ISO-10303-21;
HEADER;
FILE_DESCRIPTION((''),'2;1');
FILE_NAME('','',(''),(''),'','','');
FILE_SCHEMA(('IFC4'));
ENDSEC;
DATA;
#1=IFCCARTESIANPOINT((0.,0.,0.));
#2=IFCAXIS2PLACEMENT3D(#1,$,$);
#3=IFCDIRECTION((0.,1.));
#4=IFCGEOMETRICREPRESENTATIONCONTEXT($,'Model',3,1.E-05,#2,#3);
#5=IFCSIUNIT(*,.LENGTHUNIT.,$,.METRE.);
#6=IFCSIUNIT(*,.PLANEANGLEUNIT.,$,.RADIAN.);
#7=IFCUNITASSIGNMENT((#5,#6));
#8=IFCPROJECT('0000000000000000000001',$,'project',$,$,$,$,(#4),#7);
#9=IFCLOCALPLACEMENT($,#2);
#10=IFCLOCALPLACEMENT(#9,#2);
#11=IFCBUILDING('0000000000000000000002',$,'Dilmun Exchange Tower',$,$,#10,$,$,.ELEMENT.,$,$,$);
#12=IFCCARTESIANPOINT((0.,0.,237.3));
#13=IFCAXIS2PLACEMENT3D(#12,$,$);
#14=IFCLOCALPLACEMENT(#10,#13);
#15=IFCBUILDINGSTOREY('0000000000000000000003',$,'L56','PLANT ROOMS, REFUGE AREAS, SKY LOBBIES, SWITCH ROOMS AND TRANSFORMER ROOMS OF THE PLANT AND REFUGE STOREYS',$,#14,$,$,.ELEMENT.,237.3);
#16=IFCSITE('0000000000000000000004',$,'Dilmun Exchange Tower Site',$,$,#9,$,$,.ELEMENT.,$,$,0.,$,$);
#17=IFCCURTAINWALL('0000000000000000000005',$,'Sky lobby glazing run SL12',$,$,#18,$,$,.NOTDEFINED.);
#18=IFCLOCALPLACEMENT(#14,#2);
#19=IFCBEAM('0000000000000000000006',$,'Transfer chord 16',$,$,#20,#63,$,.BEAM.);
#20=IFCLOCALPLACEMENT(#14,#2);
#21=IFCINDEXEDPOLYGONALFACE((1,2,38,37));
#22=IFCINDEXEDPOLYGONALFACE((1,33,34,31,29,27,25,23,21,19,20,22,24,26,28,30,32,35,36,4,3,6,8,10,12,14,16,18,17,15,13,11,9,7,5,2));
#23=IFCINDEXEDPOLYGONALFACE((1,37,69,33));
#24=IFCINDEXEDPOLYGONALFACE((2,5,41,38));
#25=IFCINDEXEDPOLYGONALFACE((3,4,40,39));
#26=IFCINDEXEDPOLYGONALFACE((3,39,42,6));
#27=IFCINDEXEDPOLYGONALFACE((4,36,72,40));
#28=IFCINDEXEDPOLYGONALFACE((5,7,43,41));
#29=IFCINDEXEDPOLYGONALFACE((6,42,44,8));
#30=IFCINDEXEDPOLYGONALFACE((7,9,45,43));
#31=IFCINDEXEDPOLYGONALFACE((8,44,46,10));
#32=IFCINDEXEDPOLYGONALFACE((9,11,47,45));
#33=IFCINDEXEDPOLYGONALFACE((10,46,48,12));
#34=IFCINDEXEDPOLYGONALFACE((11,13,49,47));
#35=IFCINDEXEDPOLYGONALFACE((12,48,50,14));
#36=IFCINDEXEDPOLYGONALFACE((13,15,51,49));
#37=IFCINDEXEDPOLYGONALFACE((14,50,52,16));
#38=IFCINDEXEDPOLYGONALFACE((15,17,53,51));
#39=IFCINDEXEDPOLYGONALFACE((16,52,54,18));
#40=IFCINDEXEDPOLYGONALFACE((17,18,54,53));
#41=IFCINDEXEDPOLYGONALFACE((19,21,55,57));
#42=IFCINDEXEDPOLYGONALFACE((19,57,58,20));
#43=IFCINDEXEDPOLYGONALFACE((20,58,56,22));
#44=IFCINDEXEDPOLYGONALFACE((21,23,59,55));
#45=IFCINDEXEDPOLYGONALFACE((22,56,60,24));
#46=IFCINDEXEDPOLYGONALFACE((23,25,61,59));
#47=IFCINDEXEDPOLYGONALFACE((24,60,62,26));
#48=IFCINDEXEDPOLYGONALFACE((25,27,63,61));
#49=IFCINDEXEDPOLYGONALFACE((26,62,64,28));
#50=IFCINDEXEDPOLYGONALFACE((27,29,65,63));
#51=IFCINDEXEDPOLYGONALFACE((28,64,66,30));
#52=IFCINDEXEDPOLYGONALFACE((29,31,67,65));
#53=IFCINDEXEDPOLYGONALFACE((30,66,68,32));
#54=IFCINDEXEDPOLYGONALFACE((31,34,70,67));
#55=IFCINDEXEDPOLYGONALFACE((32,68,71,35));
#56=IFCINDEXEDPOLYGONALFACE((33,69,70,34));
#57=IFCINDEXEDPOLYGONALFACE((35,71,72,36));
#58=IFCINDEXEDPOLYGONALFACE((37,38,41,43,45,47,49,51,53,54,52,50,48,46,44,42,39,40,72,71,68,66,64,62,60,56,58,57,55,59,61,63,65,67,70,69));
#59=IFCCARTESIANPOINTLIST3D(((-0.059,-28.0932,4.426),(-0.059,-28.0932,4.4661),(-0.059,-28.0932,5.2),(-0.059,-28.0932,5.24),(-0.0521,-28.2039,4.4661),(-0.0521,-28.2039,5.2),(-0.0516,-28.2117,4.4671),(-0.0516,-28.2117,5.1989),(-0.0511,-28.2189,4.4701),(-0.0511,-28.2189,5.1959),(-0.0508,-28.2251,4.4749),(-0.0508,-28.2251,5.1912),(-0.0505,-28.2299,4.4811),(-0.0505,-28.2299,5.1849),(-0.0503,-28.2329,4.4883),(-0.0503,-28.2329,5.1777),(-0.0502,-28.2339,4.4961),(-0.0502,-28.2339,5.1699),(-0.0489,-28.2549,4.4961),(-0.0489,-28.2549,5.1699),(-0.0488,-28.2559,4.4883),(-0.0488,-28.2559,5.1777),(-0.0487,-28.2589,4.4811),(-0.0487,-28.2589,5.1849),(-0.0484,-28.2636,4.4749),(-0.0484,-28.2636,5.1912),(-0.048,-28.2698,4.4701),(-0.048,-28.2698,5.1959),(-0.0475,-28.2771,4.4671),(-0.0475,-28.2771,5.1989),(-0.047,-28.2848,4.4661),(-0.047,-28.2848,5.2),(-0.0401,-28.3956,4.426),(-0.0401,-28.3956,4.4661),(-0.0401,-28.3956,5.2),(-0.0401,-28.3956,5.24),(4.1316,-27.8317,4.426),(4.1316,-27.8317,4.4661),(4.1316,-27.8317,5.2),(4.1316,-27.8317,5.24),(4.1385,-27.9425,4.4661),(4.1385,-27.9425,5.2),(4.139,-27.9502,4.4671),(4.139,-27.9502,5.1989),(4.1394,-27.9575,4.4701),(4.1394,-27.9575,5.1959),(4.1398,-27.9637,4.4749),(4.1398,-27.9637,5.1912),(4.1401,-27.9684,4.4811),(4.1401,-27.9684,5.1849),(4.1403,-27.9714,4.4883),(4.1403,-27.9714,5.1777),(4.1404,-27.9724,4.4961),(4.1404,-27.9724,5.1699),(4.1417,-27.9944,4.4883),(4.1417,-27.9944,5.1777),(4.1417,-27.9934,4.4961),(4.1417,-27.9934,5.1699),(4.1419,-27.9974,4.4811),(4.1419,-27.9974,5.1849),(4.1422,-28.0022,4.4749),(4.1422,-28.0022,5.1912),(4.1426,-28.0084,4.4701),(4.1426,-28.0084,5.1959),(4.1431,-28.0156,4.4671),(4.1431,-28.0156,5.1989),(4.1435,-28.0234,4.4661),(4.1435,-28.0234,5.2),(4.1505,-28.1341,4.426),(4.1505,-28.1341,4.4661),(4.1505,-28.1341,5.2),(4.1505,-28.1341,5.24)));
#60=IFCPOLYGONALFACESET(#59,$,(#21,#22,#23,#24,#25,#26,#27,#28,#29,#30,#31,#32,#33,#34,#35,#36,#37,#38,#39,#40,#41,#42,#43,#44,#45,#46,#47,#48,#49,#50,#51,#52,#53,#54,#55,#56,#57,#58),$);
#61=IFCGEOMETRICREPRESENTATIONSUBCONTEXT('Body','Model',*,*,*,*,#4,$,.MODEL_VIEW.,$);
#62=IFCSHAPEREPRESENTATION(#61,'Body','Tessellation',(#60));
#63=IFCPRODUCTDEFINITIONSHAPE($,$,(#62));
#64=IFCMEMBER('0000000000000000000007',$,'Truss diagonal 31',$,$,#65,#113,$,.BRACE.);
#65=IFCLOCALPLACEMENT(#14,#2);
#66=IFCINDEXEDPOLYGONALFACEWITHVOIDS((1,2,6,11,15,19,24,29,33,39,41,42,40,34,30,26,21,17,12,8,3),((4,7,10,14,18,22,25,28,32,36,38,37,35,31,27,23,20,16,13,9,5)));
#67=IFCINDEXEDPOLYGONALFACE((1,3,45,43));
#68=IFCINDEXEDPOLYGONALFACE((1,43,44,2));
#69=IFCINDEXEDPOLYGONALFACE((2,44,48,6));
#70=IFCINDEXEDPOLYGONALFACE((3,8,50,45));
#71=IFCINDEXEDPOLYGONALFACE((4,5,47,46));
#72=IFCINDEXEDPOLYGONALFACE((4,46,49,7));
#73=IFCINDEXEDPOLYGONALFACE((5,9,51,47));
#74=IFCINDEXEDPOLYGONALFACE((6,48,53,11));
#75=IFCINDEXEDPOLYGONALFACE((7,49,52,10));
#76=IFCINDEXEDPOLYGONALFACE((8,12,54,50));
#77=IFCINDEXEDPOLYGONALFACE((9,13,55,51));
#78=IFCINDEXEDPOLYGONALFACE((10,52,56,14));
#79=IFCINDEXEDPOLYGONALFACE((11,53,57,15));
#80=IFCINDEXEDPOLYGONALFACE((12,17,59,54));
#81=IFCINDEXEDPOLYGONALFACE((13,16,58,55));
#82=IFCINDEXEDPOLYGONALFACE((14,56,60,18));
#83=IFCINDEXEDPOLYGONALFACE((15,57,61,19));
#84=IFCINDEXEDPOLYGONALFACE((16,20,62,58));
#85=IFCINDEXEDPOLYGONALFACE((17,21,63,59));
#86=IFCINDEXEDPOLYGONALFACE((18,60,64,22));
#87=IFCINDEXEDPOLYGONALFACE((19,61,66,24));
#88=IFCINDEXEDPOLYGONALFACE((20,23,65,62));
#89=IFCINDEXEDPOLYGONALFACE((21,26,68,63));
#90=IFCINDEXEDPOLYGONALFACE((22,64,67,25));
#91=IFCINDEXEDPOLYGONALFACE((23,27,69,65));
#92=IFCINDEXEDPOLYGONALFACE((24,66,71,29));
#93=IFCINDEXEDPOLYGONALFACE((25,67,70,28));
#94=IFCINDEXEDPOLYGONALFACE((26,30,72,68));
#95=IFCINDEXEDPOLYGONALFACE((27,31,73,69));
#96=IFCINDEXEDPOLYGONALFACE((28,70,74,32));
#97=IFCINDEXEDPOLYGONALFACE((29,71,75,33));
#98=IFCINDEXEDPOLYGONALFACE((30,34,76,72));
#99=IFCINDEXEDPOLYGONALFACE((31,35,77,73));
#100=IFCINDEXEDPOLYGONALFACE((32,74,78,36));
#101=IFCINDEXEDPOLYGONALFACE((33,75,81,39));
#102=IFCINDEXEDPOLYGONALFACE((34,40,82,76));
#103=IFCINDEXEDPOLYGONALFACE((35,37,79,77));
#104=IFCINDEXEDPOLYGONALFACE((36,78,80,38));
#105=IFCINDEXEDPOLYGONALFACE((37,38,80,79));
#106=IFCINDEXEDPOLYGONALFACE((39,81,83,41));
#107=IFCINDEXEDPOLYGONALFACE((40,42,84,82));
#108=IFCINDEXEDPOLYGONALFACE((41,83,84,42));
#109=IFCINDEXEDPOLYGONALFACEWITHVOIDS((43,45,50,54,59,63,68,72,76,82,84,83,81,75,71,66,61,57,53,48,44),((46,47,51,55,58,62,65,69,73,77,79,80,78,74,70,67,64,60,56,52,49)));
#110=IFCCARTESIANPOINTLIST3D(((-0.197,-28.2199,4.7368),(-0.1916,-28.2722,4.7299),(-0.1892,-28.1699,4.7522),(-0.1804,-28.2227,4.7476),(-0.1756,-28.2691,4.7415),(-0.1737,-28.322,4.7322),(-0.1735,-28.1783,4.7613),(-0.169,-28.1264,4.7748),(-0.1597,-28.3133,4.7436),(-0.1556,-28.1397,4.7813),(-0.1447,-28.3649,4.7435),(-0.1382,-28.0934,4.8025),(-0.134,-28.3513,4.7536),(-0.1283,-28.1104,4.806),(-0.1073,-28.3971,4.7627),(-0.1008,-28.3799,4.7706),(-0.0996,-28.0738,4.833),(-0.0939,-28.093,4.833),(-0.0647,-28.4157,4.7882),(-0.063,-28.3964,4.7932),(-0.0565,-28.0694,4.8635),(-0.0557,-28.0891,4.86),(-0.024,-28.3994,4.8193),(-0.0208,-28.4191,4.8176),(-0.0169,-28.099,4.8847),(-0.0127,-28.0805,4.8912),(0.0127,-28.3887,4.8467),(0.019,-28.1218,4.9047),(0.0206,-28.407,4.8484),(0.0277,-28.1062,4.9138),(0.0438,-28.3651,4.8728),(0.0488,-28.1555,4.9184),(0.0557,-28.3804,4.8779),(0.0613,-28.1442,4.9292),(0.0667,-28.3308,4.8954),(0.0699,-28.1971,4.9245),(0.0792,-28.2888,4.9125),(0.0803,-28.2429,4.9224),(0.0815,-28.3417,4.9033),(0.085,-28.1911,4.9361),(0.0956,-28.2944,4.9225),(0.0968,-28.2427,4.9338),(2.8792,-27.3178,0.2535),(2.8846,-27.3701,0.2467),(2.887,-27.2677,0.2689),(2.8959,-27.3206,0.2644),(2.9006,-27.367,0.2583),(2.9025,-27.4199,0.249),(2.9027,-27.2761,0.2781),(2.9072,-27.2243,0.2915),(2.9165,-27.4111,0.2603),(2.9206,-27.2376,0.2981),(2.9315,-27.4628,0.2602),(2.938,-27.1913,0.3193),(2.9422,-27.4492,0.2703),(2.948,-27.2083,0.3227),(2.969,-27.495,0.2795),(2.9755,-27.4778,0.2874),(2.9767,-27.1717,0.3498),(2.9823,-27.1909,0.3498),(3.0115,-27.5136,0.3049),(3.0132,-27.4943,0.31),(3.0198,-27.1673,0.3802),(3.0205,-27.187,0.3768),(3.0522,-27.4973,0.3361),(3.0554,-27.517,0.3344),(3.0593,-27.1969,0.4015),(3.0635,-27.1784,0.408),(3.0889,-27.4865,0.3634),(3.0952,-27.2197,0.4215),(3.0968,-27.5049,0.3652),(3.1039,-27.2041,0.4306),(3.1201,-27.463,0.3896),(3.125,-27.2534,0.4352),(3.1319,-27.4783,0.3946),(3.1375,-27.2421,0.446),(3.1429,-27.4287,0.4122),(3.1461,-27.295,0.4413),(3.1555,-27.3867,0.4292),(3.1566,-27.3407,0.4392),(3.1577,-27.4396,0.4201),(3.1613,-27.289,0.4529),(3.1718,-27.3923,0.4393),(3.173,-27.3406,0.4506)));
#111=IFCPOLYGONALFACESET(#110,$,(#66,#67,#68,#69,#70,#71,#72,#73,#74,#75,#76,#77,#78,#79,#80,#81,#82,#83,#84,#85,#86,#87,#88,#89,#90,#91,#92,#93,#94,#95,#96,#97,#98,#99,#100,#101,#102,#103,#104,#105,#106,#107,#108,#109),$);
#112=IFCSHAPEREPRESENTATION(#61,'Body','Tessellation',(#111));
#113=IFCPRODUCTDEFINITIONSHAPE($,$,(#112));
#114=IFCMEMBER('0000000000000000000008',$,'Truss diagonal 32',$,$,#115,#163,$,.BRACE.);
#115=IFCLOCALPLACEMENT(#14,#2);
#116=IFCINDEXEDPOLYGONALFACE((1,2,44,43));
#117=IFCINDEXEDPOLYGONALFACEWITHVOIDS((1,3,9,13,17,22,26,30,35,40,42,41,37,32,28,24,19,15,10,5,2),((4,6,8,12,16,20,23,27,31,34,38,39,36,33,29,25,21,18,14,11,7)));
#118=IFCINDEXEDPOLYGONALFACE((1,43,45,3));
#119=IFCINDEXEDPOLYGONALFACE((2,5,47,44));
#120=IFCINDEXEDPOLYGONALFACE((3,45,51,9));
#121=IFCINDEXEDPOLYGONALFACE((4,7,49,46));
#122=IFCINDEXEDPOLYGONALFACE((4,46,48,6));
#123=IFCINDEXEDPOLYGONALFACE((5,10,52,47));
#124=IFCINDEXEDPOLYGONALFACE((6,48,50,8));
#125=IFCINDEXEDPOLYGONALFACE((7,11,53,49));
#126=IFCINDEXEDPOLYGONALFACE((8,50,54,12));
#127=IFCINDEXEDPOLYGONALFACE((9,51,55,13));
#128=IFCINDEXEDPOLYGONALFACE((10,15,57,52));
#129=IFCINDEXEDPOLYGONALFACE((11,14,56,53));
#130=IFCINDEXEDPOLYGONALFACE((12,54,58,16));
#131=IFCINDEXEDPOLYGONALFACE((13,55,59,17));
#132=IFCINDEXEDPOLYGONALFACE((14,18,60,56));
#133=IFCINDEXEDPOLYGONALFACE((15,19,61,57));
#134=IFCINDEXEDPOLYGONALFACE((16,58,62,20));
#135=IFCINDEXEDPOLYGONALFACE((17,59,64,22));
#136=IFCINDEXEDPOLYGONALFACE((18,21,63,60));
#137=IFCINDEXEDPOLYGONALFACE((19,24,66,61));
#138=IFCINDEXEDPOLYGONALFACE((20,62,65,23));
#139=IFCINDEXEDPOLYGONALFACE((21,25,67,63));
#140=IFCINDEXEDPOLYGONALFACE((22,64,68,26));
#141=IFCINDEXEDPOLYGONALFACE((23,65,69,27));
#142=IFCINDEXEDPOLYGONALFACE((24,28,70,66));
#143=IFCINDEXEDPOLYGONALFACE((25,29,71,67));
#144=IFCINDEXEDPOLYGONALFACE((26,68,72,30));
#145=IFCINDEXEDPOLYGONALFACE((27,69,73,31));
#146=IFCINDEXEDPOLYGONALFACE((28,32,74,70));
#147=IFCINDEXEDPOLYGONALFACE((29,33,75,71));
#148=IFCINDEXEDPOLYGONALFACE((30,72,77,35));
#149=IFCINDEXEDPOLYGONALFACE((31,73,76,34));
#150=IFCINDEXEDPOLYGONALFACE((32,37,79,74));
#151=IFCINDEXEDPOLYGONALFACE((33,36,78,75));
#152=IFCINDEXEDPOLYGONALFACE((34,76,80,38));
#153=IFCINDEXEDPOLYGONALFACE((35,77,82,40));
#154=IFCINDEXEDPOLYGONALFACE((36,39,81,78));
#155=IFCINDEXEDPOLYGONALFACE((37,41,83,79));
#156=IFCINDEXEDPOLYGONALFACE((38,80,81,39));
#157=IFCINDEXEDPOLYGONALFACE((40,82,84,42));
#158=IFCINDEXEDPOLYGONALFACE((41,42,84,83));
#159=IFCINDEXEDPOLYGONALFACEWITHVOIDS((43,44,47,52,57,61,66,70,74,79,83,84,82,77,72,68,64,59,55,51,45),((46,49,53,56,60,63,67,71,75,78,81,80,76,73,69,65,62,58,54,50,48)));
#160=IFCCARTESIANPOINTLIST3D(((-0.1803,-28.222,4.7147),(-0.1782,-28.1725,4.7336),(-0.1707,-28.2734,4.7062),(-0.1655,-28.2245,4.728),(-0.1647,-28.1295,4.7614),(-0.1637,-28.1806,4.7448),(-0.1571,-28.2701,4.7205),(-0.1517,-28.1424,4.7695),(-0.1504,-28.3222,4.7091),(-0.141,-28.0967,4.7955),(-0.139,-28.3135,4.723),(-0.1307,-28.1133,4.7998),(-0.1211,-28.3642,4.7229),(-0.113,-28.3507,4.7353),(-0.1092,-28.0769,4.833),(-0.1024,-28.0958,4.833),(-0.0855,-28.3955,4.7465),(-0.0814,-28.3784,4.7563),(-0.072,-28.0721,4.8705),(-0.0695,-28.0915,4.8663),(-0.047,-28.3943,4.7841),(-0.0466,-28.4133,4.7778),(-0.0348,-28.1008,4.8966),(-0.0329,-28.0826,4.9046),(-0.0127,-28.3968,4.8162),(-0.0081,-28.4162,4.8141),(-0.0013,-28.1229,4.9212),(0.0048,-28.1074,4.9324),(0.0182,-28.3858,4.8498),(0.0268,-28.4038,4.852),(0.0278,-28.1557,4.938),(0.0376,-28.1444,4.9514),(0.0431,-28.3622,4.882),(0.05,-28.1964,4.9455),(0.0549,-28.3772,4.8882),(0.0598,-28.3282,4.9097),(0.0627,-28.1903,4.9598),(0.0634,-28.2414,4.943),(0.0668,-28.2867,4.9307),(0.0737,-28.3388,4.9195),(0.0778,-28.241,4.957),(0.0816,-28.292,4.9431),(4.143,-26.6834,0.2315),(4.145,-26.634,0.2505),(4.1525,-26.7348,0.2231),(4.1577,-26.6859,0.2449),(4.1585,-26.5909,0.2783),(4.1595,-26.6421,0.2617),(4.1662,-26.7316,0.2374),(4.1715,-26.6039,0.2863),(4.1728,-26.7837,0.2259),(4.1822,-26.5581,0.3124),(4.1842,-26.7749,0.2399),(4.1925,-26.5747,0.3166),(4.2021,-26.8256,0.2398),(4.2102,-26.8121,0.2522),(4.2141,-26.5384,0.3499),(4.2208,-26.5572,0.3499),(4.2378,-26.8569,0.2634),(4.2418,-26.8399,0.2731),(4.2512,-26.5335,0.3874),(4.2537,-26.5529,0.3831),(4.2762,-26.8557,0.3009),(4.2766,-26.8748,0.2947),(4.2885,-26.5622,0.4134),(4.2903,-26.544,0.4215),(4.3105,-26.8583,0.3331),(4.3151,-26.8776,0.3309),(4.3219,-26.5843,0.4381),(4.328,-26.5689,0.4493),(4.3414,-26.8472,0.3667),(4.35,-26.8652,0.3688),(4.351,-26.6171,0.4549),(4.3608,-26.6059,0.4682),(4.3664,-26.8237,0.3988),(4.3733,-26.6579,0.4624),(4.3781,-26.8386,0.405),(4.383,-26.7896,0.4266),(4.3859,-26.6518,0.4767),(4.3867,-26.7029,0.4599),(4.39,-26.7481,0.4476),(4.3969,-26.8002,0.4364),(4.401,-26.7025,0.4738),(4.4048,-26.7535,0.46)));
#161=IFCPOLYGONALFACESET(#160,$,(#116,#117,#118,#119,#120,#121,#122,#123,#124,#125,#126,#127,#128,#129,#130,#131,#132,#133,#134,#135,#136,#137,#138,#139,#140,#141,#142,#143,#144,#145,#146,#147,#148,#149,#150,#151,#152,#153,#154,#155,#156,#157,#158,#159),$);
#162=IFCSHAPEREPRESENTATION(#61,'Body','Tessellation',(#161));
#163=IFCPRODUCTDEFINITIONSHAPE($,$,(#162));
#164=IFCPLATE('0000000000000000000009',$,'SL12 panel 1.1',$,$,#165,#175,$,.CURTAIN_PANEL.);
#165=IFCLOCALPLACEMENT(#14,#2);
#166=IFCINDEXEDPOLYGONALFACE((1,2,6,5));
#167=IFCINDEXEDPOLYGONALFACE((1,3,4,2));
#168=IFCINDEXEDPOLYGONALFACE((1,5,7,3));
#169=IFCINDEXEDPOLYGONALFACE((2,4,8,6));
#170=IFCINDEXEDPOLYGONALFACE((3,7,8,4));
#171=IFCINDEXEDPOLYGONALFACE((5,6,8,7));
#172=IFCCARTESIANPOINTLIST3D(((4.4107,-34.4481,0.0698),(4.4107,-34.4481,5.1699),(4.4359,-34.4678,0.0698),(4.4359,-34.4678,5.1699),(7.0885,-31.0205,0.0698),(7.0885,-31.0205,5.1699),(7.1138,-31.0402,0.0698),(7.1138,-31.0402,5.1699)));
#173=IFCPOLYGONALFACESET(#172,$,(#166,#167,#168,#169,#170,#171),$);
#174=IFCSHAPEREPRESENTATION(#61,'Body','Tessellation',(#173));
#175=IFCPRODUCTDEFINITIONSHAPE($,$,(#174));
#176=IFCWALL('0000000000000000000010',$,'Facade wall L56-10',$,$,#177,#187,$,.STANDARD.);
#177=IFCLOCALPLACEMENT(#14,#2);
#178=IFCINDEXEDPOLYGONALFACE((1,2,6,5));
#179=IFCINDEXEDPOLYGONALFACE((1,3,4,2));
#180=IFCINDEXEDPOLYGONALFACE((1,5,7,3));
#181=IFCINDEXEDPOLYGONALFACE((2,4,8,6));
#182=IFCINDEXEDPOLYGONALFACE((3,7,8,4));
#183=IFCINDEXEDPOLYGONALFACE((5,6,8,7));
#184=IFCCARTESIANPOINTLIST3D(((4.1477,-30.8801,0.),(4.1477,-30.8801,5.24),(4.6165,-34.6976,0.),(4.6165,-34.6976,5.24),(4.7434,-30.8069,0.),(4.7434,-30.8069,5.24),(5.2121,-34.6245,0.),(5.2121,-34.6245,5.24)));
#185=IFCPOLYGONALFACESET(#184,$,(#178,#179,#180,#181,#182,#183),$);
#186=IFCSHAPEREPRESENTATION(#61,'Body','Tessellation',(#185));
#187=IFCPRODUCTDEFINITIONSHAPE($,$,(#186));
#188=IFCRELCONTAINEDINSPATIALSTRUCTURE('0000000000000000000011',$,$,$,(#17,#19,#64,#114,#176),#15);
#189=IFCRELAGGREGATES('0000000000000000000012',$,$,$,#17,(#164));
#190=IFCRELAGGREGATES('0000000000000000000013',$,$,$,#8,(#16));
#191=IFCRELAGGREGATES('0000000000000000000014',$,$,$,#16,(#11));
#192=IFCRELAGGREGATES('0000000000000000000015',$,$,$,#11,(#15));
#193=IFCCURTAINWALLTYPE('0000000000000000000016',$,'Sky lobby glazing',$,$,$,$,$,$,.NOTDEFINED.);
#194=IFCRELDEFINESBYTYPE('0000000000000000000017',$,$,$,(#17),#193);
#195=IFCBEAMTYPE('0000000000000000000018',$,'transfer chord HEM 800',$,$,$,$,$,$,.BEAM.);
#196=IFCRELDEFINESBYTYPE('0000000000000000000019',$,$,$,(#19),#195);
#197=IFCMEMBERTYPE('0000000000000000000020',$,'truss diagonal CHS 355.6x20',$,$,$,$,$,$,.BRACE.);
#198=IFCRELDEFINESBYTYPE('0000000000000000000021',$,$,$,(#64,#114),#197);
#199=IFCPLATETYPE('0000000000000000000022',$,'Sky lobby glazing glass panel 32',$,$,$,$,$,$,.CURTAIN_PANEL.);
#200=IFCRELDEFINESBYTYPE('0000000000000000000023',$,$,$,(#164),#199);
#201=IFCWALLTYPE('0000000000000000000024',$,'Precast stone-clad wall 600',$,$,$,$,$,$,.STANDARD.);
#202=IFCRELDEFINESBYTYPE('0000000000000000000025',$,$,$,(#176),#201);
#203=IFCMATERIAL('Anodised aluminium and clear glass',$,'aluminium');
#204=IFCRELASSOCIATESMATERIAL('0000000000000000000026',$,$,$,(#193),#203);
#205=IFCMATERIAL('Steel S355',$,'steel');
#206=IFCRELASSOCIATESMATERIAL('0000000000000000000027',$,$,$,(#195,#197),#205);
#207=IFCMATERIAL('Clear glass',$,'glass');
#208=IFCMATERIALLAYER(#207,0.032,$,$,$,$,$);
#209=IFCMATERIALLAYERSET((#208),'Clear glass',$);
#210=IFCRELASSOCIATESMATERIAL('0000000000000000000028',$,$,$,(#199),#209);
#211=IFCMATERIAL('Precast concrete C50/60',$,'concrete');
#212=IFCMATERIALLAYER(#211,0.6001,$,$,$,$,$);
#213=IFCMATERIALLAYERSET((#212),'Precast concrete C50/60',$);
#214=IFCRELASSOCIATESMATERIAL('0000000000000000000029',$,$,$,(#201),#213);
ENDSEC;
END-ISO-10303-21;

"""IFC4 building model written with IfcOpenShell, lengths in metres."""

from ifc_helpers import new_model, si_unit, direction, frame, frame_2d, origin, origin_2d, place, context, subcontext, project, spatial, rectangle, hollow_circle, i_section, extrude, material, layer, layer_set, material_profile, profile_set, type_object, element, aggregate, save


model = new_model("IFC4")

# Units and contexts
model_context = context("Model", 3, precision=1e-05, world=origin(), true_north=direction((0.0, 1.0)))
body_context = subcontext(model_context, "Body", "Model", "MODEL_VIEW")
ifc_project = project(units=[si_unit("LENGTHUNIT", "METRE"), si_unit("PLANEANGLEUNIT", "RADIAN")], contexts=[model_context])

# Site, building, storey
site_placement = place(None, origin())
site = spatial("IfcSite", under=ifc_project, at=site_placement, Name="Dilmun Exchange Tower Site", CompositionType="ELEMENT", RefElevation=0.0)
building_placement = place(site_placement, origin())
building = spatial("IfcBuilding", under=site, at=building_placement, Name="Dilmun Exchange Tower", CompositionType="ELEMENT")
storey_placement = place(building_placement, frame((0.0, 0.0, 237.3)))
storey = spatial("IfcBuildingStorey", under=building, at=storey_placement, Name="L56", Description="PLANT ROOMS, REFUGE AREAS, SKY LOBBIES, SWITCH ROOMS AND TRANSFORMER ROOMS OF THE PLANT AND REFUGE STOREYS", CompositionType="ELEMENT", Elevation=237.3)

# Curtain wall
ifc_material_1 = material(Name="Anodised aluminium and clear glass", Category="aluminium")
curtain_wall_type = type_object("IfcCurtainWallType", Name="Sky lobby glazing", PredefinedType="NOTDEFINED", material=ifc_material_1)
curtain_wall_placement = place(storey_placement, origin())
curtain_wall = element("IfcCurtainWall", 1, at=curtain_wall_placement, inside=storey, type_object=curtain_wall_type, Name="Sky lobby glazing run SL12", PredefinedType="NOTDEFINED")

# Beam
ifc_material_2 = material(Name="Steel S355", Category="steel")
ifc_material_profile_1 = material_profile(ifc_material_2, i_section(OverallWidth=0.303, OverallDepth=0.814, WebThickness=0.021, FlangeThickness=0.04, FilletRadius=0.03, at=origin_2d()), Name="HEM 800")
ifc_profile_set_1 = profile_set([ifc_material_profile_1], Name="Steel S355")
beam_type_1 = type_object("IfcBeamType", Name="transfer chord HEM 800", PredefinedType="BEAM", material=ifc_profile_set_1)
beam_1_placement = place(storey_placement, frame((-0.0496, -28.2444, 4.833), z_axis=(0.998059, 0.062273, 0.0), x_axis=(-0.062273, 0.998059, 0.0)))
element("IfcBeam", 2, at=beam_1_placement, inside=storey, type_object=beam_type_1, Name="Transfer chord 16", PredefinedType="BEAM", context=body_context, shape_type="SweptSolid", body=[
    extrude(i_section(OverallWidth=0.303, OverallDepth=0.814, WebThickness=0.021, FlangeThickness=0.04, FilletRadius=0.03, at=origin_2d()), origin(), (0.0, 0.0, 1.0), 4.1987),
])

# Members
ifc_material_profile_2 = material_profile(ifc_material_2, hollow_circle(Radius=0.1777, WallThickness=0.02, at=origin_2d()), Name="CHS 355.6x20")
ifc_profile_set_2 = profile_set([ifc_material_profile_2], Name="Steel S355")
member_type_1 = type_object("IfcMemberType", Name="truss diagonal CHS 355.6x20", PredefinedType="BRACE", material=ifc_profile_set_2)
member_1_placement = place(storey_placement, frame((-0.0496, -28.2444, 4.833), z_axis=(0.558149, 0.163679, -0.813436), x_axis=(-0.281403, 0.95959, 0.0)))
element("IfcMember", 3, at=member_1_placement, inside=storey, type_object=member_type_1, Name="Truss diagonal 31", PredefinedType="BRACE", context=body_context, shape_type="SweptSolid", body=[
    extrude(hollow_circle(Radius=0.1777, WallThickness=0.02, at=origin_2d()), origin(), (0.0, 0.0, 1.0), 5.5115),
])
member_2_placement = place(storey_placement, frame((-0.0496, -28.2444, 4.833), z_axis=(0.673894, 0.239828, -0.69882), x_axis=(-0.335285, 0.942117, 0.0)))
element("IfcMember", 4, at=member_2_placement, inside=storey, type_object=member_type_1, Name="Truss diagonal 32", PredefinedType="BRACE", context=body_context, shape_type="SweptSolid", body=[
    extrude(hollow_circle(Radius=0.1777, WallThickness=0.02, at=origin_2d()), origin(), (0.0, 0.0, 1.0), 6.4153),
])

# Plate
ifc_material_3 = material(Name="Clear glass", Category="glass")
ifc_layer_1 = layer(ifc_material_3, 0.032)
ifc_layer_set_1 = layer_set([ifc_layer_1], Name="Clear glass")
plate_type = type_object("IfcPlateType", Name="Sky lobby glazing glass panel 32", PredefinedType="CURTAIN_PANEL", material=ifc_layer_set_1)
plate_placement = place(storey_placement, frame((5.7622, -32.7441, 0.0698), z_axis=(0.0, 0.0, 1.0), x_axis=(0.615662, 0.788011, 0.0)))
plate = element("IfcPlate", 5, at=plate_placement, type_object=plate_type, Name="SL12 panel 1.1", PredefinedType="CURTAIN_PANEL", context=body_context, shape_type="SweptSolid", body=[
    extrude(rectangle(XDim=4.3496, YDim=0.032, at=origin_2d()), origin(), (0.0, 0.0, 1.0), 5.1001),
])
aggregate(curtain_wall, [plate])

# Wall
ifc_material_4 = material(Name="Precast concrete C50/60", Category="concrete")
ifc_layer_2 = layer(ifc_material_4, 0.6001)
ifc_layer_set_2 = layer_set([ifc_layer_2], Name="Precast concrete C50/60")
wall_type = type_object("IfcWallType", Name="Precast stone-clad wall 600", PredefinedType="STANDARD", material=ifc_layer_set_2)
wall_placement = place(storey_placement, frame((4.4456, -30.8435, 0.0), z_axis=(0.0, 0.0, 1.0), x_axis=(0.12187, -0.992546, 0.0)))
element("IfcWall", 6, at=wall_placement, inside=storey, type_object=wall_type, Name="Facade wall L56-10", PredefinedType="STANDARD", context=body_context, shape_type="SweptSolid", body=[
    extrude(rectangle(XDim=3.8462, YDim=0.6001, at=frame_2d((1.9231, 0.0))), origin(), (0.0, 0.0, 1.0), 5.24),
])

save(model, "model.ifc")
